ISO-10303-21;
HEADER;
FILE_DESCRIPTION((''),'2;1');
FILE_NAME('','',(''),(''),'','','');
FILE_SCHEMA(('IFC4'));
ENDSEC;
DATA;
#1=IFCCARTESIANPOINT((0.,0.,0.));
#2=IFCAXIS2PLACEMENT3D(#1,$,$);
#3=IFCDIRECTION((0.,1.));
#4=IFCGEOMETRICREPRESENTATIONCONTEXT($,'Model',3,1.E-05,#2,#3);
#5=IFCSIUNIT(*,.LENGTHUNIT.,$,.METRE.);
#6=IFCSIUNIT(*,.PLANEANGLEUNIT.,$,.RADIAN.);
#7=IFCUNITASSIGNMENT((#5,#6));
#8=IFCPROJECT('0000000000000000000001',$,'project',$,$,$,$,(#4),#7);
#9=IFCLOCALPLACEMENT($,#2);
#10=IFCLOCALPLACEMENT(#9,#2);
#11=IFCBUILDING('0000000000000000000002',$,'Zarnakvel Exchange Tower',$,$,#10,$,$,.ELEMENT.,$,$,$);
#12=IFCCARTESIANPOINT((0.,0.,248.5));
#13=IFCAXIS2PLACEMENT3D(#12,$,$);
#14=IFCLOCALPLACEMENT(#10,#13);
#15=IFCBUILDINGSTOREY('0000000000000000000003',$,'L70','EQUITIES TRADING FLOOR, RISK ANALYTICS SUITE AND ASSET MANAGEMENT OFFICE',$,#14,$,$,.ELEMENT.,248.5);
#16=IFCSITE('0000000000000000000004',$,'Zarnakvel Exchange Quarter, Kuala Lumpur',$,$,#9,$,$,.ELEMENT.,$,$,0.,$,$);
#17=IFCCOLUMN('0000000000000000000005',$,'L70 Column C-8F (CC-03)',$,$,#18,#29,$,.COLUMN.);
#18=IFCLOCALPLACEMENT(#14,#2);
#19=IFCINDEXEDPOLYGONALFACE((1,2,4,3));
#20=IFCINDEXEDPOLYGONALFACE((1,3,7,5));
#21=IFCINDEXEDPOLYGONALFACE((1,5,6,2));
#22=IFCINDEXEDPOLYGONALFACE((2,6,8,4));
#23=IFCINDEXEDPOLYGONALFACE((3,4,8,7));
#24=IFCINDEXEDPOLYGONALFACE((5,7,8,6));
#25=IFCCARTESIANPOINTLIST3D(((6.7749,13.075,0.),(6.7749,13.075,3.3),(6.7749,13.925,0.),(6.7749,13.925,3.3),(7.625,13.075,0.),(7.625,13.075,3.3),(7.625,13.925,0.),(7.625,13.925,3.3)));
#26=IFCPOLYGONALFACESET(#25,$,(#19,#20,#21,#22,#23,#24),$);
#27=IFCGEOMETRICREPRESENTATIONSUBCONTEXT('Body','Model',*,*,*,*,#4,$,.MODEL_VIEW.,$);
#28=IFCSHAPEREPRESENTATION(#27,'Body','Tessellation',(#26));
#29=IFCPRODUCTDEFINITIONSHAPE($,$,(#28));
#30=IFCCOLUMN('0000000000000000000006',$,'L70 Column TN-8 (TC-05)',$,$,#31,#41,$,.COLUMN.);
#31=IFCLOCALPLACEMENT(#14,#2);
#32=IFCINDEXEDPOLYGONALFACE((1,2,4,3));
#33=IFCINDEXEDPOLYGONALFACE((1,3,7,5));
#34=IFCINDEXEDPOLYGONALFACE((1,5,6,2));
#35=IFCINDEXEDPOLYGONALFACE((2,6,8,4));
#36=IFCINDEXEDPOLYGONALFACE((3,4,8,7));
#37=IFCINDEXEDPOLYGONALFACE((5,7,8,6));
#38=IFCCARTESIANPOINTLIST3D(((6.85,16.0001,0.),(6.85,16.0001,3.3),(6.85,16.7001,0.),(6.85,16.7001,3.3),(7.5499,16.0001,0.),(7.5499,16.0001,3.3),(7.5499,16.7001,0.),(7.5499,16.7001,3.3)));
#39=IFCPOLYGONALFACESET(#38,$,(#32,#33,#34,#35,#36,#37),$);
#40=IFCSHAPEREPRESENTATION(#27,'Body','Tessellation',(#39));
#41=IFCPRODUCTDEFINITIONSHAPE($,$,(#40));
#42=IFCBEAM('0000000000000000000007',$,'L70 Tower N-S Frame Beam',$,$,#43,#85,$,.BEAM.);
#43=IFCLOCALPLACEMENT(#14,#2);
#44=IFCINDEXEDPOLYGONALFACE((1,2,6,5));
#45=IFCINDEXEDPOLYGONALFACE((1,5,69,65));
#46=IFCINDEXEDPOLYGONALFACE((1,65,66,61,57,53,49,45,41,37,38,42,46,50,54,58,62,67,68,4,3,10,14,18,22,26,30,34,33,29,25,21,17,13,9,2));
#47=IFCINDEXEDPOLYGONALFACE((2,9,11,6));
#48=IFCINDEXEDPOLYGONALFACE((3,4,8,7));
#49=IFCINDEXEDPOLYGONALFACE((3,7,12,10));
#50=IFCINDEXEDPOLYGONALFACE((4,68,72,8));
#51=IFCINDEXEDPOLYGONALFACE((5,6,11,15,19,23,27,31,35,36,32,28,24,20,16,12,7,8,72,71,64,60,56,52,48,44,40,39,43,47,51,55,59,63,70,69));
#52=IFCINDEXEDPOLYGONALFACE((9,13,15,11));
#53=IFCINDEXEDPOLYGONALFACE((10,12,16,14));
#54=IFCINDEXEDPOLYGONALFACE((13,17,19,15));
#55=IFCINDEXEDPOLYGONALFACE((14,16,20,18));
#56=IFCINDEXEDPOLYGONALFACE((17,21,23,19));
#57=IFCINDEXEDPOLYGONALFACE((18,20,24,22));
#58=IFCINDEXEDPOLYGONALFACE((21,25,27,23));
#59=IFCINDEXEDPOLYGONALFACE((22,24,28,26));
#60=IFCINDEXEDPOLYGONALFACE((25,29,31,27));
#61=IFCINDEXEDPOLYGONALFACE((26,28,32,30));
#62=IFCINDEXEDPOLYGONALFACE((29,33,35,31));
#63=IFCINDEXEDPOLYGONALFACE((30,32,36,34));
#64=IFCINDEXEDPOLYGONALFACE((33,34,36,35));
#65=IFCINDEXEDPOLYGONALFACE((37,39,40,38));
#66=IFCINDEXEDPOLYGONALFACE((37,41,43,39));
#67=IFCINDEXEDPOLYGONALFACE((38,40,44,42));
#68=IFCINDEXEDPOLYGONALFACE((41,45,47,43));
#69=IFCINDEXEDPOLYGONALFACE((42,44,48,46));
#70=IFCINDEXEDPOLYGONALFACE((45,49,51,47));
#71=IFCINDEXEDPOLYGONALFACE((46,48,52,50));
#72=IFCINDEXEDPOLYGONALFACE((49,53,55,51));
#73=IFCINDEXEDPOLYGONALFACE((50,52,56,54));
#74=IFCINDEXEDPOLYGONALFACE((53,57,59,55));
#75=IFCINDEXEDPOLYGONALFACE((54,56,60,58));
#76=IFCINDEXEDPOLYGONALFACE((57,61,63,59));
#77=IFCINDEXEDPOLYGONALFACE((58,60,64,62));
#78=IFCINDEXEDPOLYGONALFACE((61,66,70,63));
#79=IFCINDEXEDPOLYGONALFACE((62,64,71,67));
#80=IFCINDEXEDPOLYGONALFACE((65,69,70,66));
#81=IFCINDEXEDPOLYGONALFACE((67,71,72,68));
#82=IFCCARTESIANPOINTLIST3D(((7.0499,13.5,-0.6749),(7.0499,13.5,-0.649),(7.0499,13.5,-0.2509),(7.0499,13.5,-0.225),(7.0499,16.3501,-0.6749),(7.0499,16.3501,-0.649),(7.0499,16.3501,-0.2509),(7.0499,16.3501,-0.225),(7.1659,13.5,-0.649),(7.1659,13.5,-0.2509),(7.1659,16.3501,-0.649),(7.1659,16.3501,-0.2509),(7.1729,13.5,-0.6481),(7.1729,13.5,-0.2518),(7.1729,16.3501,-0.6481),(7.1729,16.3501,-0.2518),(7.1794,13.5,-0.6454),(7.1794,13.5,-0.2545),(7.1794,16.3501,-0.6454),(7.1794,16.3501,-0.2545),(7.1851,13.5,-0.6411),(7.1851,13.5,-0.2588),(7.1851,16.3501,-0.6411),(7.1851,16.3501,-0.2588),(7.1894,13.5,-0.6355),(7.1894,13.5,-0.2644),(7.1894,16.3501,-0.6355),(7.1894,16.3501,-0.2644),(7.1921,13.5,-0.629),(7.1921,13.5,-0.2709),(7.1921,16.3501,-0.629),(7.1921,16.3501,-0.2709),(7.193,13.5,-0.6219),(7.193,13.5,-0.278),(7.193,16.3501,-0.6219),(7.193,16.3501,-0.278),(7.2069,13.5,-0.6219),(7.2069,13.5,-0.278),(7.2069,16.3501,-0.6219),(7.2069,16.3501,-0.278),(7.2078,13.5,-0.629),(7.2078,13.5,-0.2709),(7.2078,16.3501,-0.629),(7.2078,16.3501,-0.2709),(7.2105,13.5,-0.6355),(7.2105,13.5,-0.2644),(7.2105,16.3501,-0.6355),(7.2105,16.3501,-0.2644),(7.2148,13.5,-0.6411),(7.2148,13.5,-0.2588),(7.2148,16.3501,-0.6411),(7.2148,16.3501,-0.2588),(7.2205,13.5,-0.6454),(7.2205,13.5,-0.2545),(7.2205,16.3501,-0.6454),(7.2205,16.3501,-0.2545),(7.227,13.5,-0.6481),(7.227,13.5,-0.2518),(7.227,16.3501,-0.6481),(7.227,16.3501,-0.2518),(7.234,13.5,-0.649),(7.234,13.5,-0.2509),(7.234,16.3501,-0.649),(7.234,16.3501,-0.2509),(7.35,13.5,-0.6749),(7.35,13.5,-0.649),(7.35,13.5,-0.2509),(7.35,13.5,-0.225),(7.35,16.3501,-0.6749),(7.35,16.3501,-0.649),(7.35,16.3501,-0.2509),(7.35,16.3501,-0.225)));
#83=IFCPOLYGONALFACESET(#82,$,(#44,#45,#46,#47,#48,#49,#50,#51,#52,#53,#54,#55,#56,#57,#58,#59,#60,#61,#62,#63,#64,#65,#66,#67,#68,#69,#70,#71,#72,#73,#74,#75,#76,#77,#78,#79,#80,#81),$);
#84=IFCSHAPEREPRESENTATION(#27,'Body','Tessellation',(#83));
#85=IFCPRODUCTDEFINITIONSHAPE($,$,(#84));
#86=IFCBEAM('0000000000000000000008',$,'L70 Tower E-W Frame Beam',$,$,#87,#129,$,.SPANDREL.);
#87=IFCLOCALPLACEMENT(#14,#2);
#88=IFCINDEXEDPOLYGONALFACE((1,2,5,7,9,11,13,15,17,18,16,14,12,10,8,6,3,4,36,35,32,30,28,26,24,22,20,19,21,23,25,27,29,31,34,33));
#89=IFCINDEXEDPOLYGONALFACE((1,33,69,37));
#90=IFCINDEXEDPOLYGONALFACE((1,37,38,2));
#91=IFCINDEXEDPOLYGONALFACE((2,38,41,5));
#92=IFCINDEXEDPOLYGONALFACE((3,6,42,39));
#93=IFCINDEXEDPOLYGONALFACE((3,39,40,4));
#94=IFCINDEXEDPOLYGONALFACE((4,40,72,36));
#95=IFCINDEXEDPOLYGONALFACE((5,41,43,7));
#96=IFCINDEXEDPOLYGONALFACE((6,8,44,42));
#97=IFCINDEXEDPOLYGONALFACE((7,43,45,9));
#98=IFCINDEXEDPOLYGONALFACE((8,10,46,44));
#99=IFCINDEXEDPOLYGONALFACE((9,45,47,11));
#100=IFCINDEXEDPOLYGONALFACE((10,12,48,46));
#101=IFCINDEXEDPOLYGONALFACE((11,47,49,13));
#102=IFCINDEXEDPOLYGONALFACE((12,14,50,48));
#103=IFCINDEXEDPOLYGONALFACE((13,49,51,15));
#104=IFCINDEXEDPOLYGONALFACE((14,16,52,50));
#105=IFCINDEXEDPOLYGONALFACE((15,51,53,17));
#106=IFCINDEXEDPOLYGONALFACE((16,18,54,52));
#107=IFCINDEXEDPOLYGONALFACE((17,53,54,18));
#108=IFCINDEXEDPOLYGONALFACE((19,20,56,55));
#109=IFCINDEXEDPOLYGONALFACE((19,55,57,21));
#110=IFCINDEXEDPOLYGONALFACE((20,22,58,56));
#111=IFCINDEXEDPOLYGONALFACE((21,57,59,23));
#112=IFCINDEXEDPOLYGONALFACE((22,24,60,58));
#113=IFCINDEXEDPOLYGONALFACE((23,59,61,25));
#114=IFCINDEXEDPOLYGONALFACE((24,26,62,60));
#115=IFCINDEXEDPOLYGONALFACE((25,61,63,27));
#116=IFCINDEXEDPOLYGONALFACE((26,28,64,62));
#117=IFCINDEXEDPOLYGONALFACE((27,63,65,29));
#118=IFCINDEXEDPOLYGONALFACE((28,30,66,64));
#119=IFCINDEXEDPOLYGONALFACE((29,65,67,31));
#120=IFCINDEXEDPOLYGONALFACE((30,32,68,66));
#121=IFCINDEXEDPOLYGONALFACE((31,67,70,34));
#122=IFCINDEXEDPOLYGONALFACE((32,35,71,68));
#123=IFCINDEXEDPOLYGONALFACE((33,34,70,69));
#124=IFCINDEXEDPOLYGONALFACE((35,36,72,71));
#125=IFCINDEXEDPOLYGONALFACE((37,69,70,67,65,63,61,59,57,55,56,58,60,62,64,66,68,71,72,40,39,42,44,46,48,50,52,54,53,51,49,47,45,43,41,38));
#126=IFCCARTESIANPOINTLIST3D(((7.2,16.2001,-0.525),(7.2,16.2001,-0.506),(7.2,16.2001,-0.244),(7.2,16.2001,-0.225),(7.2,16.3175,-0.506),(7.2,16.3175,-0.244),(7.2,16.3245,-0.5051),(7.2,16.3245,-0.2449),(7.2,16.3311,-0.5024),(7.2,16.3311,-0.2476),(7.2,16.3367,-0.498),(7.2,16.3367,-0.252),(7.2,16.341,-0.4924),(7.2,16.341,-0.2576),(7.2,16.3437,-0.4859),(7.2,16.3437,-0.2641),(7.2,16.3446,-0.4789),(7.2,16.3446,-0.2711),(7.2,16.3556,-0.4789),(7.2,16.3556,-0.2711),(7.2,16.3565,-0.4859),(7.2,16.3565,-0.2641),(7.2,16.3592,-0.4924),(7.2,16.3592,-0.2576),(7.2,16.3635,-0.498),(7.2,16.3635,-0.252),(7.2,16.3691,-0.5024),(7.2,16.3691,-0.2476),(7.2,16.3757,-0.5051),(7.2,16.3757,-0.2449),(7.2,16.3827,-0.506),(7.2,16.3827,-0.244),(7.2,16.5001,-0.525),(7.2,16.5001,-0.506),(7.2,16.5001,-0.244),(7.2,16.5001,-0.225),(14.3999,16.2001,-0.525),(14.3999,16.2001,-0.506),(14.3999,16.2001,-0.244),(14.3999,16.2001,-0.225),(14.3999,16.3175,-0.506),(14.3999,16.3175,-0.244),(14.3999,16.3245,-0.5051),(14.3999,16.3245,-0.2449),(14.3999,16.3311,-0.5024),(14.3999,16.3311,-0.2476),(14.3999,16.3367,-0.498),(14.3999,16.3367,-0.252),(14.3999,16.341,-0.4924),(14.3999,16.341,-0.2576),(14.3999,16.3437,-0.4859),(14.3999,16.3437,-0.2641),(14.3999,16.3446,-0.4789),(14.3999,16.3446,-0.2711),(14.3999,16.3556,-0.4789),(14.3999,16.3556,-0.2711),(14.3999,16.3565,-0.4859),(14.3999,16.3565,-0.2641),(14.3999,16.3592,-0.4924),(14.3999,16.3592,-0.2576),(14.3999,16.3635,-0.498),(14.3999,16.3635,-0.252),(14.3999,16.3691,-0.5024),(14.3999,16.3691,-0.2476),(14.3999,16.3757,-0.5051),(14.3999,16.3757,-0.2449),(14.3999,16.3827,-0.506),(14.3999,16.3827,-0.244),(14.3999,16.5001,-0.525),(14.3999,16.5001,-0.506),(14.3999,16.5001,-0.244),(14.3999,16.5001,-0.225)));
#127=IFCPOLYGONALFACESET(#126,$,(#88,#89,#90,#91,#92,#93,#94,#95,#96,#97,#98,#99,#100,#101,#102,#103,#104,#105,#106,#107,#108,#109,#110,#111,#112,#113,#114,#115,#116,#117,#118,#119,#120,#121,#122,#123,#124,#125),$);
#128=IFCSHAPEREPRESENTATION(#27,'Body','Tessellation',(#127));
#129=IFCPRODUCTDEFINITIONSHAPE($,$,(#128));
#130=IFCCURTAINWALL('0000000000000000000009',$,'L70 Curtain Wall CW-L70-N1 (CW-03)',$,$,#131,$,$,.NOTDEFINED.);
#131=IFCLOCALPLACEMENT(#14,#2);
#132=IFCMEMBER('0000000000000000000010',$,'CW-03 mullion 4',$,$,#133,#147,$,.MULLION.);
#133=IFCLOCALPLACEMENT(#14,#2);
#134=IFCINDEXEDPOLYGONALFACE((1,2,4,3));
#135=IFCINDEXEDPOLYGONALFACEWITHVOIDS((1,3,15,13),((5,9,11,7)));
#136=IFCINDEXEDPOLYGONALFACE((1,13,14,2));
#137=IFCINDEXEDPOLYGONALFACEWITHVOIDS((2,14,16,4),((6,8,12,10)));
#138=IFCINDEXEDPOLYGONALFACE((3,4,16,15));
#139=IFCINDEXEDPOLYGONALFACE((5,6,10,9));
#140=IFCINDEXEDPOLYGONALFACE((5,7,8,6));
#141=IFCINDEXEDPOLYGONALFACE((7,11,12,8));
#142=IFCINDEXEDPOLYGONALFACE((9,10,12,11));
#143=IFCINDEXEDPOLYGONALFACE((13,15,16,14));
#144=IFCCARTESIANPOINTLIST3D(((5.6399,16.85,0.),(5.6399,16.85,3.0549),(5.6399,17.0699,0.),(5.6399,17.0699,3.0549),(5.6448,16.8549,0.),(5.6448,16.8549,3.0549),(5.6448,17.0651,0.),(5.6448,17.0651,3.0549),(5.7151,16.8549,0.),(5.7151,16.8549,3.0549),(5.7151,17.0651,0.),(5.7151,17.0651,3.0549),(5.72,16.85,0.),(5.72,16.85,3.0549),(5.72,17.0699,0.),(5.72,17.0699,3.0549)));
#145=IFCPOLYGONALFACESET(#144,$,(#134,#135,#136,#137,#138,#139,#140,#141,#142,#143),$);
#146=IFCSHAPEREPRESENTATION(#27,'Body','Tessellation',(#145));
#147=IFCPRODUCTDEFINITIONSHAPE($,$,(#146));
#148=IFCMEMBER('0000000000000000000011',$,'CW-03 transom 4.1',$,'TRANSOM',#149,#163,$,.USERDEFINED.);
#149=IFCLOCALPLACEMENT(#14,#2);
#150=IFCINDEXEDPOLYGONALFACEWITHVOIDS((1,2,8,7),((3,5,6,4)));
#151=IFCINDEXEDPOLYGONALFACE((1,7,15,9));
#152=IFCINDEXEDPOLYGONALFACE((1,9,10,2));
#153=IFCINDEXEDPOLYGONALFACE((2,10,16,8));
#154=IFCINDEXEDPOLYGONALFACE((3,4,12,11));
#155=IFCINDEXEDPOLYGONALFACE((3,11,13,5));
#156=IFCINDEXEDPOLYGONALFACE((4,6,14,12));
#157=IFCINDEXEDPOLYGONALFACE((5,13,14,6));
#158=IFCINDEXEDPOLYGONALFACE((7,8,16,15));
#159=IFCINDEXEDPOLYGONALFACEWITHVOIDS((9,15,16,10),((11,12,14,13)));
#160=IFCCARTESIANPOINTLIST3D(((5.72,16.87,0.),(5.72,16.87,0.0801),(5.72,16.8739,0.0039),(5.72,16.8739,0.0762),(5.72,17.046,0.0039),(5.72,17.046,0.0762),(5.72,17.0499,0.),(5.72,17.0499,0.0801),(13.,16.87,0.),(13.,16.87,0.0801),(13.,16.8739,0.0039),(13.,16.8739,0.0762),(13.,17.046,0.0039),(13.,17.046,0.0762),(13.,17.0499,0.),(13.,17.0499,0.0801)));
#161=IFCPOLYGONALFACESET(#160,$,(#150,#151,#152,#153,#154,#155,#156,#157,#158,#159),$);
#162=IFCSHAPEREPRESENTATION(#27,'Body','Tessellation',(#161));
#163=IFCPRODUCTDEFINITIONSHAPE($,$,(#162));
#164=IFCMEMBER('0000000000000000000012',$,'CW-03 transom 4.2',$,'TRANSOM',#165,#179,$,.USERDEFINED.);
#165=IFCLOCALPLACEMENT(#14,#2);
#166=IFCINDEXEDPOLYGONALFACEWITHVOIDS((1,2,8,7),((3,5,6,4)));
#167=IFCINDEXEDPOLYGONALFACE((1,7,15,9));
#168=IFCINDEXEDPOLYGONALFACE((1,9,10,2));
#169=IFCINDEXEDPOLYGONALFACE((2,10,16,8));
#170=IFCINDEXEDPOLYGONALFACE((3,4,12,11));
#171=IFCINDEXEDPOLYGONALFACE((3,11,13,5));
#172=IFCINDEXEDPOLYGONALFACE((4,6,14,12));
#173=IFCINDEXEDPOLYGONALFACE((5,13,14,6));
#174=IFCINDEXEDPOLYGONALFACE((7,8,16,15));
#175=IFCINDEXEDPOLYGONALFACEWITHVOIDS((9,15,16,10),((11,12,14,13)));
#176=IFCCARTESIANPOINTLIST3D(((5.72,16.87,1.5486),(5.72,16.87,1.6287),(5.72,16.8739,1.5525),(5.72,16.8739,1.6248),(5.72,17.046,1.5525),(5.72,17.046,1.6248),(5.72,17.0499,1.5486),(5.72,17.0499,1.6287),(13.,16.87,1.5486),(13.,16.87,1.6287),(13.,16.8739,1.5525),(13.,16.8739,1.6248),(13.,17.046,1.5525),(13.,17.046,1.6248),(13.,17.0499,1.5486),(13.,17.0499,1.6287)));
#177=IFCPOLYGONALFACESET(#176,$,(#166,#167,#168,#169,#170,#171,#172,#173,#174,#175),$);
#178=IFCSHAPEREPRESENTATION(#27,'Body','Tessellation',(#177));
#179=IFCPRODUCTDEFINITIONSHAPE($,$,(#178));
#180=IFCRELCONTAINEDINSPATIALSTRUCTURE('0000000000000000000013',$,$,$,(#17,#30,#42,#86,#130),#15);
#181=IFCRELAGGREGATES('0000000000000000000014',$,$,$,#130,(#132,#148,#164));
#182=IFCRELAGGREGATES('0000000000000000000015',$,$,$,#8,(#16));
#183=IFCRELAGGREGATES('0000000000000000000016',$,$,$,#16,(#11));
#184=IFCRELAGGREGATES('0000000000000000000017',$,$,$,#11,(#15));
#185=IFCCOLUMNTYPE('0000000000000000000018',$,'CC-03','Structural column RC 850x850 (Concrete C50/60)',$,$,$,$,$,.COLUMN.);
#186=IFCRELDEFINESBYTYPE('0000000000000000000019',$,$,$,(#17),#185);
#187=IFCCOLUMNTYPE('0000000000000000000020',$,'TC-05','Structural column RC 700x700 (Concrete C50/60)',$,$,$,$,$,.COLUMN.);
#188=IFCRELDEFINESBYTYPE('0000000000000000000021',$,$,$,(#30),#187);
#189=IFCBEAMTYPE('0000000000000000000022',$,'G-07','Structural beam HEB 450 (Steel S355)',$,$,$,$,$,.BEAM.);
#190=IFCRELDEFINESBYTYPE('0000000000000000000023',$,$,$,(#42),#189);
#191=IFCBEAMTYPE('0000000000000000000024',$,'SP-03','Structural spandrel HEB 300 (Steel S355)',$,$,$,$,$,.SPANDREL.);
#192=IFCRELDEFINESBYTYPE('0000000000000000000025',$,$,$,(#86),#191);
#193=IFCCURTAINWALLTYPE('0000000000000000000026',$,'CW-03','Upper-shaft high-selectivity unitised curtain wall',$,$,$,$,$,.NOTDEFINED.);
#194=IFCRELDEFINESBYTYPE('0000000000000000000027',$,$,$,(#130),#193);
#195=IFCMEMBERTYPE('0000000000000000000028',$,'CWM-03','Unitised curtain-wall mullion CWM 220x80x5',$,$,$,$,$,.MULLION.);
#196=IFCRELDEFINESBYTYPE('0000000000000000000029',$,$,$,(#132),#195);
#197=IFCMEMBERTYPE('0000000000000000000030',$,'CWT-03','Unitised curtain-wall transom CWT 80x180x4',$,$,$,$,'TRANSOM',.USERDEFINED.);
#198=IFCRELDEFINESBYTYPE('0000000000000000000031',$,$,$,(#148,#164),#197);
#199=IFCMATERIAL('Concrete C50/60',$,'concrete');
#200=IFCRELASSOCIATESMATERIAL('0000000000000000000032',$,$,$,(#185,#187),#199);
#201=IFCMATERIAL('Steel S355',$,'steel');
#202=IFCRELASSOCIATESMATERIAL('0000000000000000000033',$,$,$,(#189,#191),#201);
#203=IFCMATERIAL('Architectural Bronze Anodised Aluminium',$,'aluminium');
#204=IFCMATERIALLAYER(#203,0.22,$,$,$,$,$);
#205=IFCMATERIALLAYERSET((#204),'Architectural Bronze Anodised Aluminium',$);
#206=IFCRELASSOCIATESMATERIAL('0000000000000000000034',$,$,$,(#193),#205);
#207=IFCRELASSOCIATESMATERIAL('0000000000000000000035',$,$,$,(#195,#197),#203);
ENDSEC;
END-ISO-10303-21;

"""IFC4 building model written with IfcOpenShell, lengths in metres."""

from ifc_helpers import new_model, si_unit, direction, frame, origin, origin_2d, place, context, subcontext, project, spatial, rectangle, hollow_rectangle, i_section, extrude, source, transform, mapped, material, layer, layer_set, material_profile, profile_set, type_object, element, aggregate, save


model = new_model("IFC4")

# Units and contexts
model_context = context("Model", 3, precision=1e-05, world=origin(), true_north=direction((0.0, 1.0)))
body_context = subcontext(model_context, "Body", "Model", "MODEL_VIEW")
ifc_project = project(units=[si_unit("LENGTHUNIT", "METRE"), si_unit("PLANEANGLEUNIT", "RADIAN")], contexts=[model_context])

# Site, building, storey
site_placement = place(None, origin())
site = spatial("IfcSite", under=ifc_project, at=site_placement, Name="Zarnakvel Exchange Quarter, Kuala Lumpur", CompositionType="ELEMENT", RefElevation=0.0)
building_placement = place(site_placement, origin())
building = spatial("IfcBuilding", under=site, at=building_placement, Name="Zarnakvel Exchange Tower", CompositionType="ELEMENT")
storey_placement = place(building_placement, frame((0.0, 0.0, 248.5)))
storey = spatial("IfcBuildingStorey", under=building, at=storey_placement, Name="L70", Description="EQUITIES TRADING FLOOR, RISK ANALYTICS SUITE AND ASSET MANAGEMENT OFFICE", CompositionType="ELEMENT", Elevation=248.5)

# Columns
ifc_material_1 = material(Name="Concrete C50/60", Category="concrete")
ifc_material_profile_1 = material_profile(ifc_material_1, rectangle(XDim=0.8501, YDim=0.8501, at=origin_2d()))
ifc_profile_set_1 = profile_set([ifc_material_profile_1], Name="Concrete C50/60")
column_type_1 = type_object("IfcColumnType", Name="CC-03", Description="Structural column RC 850x850 (Concrete C50/60)", PredefinedType="COLUMN", material=ifc_profile_set_1)
column_1_placement = place(storey_placement, frame((7.2, 13.5, 0.0), z_axis=(0.0, 0.0, 1.0), x_axis=(1.0, 0.0, 0.0)))
element("IfcColumn", 1, at=column_1_placement, inside=storey, type_object=column_type_1, Name="L70 Column C-8F (CC-03)", PredefinedType="COLUMN", context=body_context, shape_type="SweptSolid", body=[
    extrude(rectangle(XDim=0.8501, YDim=0.8501, at=origin_2d()), origin(), (0.0, 0.0, 1.0), 3.3),
])
ifc_material_profile_2 = material_profile(ifc_material_1, rectangle(XDim=0.7, YDim=0.7, at=origin_2d()))
ifc_profile_set_2 = profile_set([ifc_material_profile_2], Name="Concrete C50/60")
column_type_2 = type_object("IfcColumnType", Name="TC-05", Description="Structural column RC 700x700 (Concrete C50/60)", PredefinedType="COLUMN", material=ifc_profile_set_2)
column_2_placement = place(storey_placement, frame((7.2, 16.3501, 0.0), z_axis=(0.0, 0.0, 1.0), x_axis=(1.0, 0.0, 0.0)))
element("IfcColumn", 2, at=column_2_placement, inside=storey, type_object=column_type_2, Name="L70 Column TN-8 (TC-05)", PredefinedType="COLUMN", context=body_context, shape_type="SweptSolid", body=[
    extrude(rectangle(XDim=0.7, YDim=0.7, at=origin_2d()), origin(), (0.0, 0.0, 1.0), 3.3),
])

# Beams
ifc_material_2 = material(Name="Steel S355", Category="steel")
ifc_material_profile_3 = material_profile(ifc_material_2, i_section(OverallWidth=0.3, OverallDepth=0.45, WebThickness=0.0139, FlangeThickness=0.0259, FilletRadius=0.0271, at=origin_2d()))
ifc_profile_set_3 = profile_set([ifc_material_profile_3], Name="Steel S355")
beam_type_1 = type_object("IfcBeamType", Name="G-07", Description="Structural beam HEB 450 (Steel S355)", PredefinedType="BEAM", material=ifc_profile_set_3)
beam_1_placement = place(storey_placement, frame((7.2, 13.5, -0.45), z_axis=(0.0, 1.0, 0.0), x_axis=(-1.0, 0.0, 0.0)))
element("IfcBeam", 3, at=beam_1_placement, inside=storey, type_object=beam_type_1, Name="L70 Tower N-S Frame Beam", PredefinedType="BEAM", context=body_context, shape_type="SweptSolid", body=[
    extrude(i_section(OverallWidth=0.3, OverallDepth=0.45, WebThickness=0.0139, FlangeThickness=0.0259, FilletRadius=0.0271, at=origin_2d()), origin(), (0.0, 0.0, 1.0), 2.8501),
])
ifc_material_profile_4 = material_profile(ifc_material_2, i_section(OverallWidth=0.3, OverallDepth=0.3, WebThickness=0.011, FlangeThickness=0.019, FilletRadius=0.0271, at=origin_2d()))
ifc_profile_set_4 = profile_set([ifc_material_profile_4], Name="Steel S355")
beam_type_2 = type_object("IfcBeamType", Name="SP-03", Description="Structural spandrel HEB 300 (Steel S355)", PredefinedType="SPANDREL", material=ifc_profile_set_4)
beam_2_placement = place(storey_placement, frame((7.2, 16.3501, -0.375), z_axis=(1.0, 0.0, 0.0), x_axis=(0.0, 1.0, 0.0)))
element("IfcBeam", 4, at=beam_2_placement, inside=storey, type_object=beam_type_2, Name="L70 Tower E-W Frame Beam", PredefinedType="SPANDREL", context=body_context, shape_type="SweptSolid", body=[
    extrude(i_section(OverallWidth=0.3, OverallDepth=0.3, WebThickness=0.011, FlangeThickness=0.019, FilletRadius=0.0271, at=origin_2d()), origin(), (0.0, 0.0, 1.0), 7.2),
])

# Curtain wall, members
ifc_material_3 = material(Name="Architectural Bronze Anodised Aluminium", Category="aluminium")
ifc_layer_1 = layer(ifc_material_3, 0.22)
ifc_layer_set_1 = layer_set([ifc_layer_1], Name="Architectural Bronze Anodised Aluminium")
curtain_wall_type = type_object("IfcCurtainWallType", Name="CW-03", Description="Upper-shaft high-selectivity unitised curtain wall", PredefinedType="NOTDEFINED", material=ifc_layer_set_1)
curtain_wall_placement = place(storey_placement, origin())
curtain_wall = element("IfcCurtainWall", 5, at=curtain_wall_placement, inside=storey, type_object=curtain_wall_type, Name="L70 Curtain Wall CW-L70-N1 (CW-03)", PredefinedType="NOTDEFINED")
ifc_material_profile_5 = material_profile(ifc_material_3, hollow_rectangle(XDim=0.22, YDim=0.0801, WallThickness=0.0049, at=origin_2d()))
ifc_profile_set_5 = profile_set([ifc_material_profile_5], Name="Architectural Bronze Anodised Aluminium")
member_type_1 = type_object("IfcMemberType", Name="CWM-03", Description="Unitised curtain-wall mullion CWM 220x80x5", PredefinedType="MULLION", material=ifc_profile_set_5)
shared_shape_1 = source(origin(), body_context, "Body", "SweptSolid", [
    extrude(hollow_rectangle(XDim=0.22, YDim=0.0801, WallThickness=0.0049, at=origin_2d()), origin(), (0.0, 0.0, 1.0), 3.0549),
])
member_1_placement = place(storey_placement, frame((5.6799, 16.96, 0.0), z_axis=(0.0, 0.0, 1.0), x_axis=(0.0, 1.0, 0.0)))
member_1 = element("IfcMember", 6, at=member_1_placement, type_object=member_type_1, Name="CW-03 mullion 4", PredefinedType="MULLION", context=body_context, shape_type="MappedRepresentation", body=[
    mapped(shared_shape_1, transform((0.0, 0.0, 0.0), x_axis=(1.0, 0.0, 0.0), y_axis=(0.0, 1.0, 0.0), z_axis=(0.0, 0.0, 1.0), scale=1.0)),
])
ifc_material_profile_6 = material_profile(ifc_material_3, hollow_rectangle(XDim=0.1799, YDim=0.0801, WallThickness=0.0039, at=origin_2d()))
ifc_profile_set_6 = profile_set([ifc_material_profile_6], Name="Architectural Bronze Anodised Aluminium")
member_type_2 = type_object("IfcMemberType", Name="CWT-03", Description="Unitised curtain-wall transom CWT 80x180x4", ElementType="TRANSOM", PredefinedType="USERDEFINED", material=ifc_profile_set_6)
shared_shape_2 = source(origin(), body_context, "Body", "SweptSolid", [
    extrude(hollow_rectangle(XDim=0.1799, YDim=0.0801, WallThickness=0.0039, at=origin_2d()), origin(), (0.0, 0.0, 1.0), 7.28),
])
member_2_placement = place(storey_placement, frame((5.72, 16.96, 0.04), z_axis=(1.0, 0.0, 0.0), x_axis=(0.0, 1.0, 0.0)))
member_2 = element("IfcMember", 7, at=member_2_placement, type_object=member_type_2, Name="CW-03 transom 4.1", ObjectType="TRANSOM", PredefinedType="USERDEFINED", context=body_context, shape_type="MappedRepresentation", body=[
    mapped(shared_shape_2, transform((0.0, 0.0, 0.0), x_axis=(1.0, 0.0, 0.0), y_axis=(0.0, 1.0, 0.0), z_axis=(0.0, 0.0, 1.0), scale=1.0)),
])
member_3_placement = place(storey_placement, frame((5.72, 16.96, 1.5886), z_axis=(1.0, 0.0, 0.0), x_axis=(0.0, 1.0, 0.0)))
member_3 = element("IfcMember", 8, at=member_3_placement, type_object=member_type_2, Name="CW-03 transom 4.2", ObjectType="TRANSOM", PredefinedType="USERDEFINED", context=body_context, shape_type="MappedRepresentation", body=[
    mapped(shared_shape_2, transform((0.0, 0.0, 0.0), x_axis=(1.0, 0.0, 0.0), y_axis=(0.0, 1.0, 0.0), z_axis=(0.0, 0.0, 1.0), scale=1.0)),
])
aggregate(curtain_wall, [member_1, member_2, member_3])

save(model, "model.ifc")
